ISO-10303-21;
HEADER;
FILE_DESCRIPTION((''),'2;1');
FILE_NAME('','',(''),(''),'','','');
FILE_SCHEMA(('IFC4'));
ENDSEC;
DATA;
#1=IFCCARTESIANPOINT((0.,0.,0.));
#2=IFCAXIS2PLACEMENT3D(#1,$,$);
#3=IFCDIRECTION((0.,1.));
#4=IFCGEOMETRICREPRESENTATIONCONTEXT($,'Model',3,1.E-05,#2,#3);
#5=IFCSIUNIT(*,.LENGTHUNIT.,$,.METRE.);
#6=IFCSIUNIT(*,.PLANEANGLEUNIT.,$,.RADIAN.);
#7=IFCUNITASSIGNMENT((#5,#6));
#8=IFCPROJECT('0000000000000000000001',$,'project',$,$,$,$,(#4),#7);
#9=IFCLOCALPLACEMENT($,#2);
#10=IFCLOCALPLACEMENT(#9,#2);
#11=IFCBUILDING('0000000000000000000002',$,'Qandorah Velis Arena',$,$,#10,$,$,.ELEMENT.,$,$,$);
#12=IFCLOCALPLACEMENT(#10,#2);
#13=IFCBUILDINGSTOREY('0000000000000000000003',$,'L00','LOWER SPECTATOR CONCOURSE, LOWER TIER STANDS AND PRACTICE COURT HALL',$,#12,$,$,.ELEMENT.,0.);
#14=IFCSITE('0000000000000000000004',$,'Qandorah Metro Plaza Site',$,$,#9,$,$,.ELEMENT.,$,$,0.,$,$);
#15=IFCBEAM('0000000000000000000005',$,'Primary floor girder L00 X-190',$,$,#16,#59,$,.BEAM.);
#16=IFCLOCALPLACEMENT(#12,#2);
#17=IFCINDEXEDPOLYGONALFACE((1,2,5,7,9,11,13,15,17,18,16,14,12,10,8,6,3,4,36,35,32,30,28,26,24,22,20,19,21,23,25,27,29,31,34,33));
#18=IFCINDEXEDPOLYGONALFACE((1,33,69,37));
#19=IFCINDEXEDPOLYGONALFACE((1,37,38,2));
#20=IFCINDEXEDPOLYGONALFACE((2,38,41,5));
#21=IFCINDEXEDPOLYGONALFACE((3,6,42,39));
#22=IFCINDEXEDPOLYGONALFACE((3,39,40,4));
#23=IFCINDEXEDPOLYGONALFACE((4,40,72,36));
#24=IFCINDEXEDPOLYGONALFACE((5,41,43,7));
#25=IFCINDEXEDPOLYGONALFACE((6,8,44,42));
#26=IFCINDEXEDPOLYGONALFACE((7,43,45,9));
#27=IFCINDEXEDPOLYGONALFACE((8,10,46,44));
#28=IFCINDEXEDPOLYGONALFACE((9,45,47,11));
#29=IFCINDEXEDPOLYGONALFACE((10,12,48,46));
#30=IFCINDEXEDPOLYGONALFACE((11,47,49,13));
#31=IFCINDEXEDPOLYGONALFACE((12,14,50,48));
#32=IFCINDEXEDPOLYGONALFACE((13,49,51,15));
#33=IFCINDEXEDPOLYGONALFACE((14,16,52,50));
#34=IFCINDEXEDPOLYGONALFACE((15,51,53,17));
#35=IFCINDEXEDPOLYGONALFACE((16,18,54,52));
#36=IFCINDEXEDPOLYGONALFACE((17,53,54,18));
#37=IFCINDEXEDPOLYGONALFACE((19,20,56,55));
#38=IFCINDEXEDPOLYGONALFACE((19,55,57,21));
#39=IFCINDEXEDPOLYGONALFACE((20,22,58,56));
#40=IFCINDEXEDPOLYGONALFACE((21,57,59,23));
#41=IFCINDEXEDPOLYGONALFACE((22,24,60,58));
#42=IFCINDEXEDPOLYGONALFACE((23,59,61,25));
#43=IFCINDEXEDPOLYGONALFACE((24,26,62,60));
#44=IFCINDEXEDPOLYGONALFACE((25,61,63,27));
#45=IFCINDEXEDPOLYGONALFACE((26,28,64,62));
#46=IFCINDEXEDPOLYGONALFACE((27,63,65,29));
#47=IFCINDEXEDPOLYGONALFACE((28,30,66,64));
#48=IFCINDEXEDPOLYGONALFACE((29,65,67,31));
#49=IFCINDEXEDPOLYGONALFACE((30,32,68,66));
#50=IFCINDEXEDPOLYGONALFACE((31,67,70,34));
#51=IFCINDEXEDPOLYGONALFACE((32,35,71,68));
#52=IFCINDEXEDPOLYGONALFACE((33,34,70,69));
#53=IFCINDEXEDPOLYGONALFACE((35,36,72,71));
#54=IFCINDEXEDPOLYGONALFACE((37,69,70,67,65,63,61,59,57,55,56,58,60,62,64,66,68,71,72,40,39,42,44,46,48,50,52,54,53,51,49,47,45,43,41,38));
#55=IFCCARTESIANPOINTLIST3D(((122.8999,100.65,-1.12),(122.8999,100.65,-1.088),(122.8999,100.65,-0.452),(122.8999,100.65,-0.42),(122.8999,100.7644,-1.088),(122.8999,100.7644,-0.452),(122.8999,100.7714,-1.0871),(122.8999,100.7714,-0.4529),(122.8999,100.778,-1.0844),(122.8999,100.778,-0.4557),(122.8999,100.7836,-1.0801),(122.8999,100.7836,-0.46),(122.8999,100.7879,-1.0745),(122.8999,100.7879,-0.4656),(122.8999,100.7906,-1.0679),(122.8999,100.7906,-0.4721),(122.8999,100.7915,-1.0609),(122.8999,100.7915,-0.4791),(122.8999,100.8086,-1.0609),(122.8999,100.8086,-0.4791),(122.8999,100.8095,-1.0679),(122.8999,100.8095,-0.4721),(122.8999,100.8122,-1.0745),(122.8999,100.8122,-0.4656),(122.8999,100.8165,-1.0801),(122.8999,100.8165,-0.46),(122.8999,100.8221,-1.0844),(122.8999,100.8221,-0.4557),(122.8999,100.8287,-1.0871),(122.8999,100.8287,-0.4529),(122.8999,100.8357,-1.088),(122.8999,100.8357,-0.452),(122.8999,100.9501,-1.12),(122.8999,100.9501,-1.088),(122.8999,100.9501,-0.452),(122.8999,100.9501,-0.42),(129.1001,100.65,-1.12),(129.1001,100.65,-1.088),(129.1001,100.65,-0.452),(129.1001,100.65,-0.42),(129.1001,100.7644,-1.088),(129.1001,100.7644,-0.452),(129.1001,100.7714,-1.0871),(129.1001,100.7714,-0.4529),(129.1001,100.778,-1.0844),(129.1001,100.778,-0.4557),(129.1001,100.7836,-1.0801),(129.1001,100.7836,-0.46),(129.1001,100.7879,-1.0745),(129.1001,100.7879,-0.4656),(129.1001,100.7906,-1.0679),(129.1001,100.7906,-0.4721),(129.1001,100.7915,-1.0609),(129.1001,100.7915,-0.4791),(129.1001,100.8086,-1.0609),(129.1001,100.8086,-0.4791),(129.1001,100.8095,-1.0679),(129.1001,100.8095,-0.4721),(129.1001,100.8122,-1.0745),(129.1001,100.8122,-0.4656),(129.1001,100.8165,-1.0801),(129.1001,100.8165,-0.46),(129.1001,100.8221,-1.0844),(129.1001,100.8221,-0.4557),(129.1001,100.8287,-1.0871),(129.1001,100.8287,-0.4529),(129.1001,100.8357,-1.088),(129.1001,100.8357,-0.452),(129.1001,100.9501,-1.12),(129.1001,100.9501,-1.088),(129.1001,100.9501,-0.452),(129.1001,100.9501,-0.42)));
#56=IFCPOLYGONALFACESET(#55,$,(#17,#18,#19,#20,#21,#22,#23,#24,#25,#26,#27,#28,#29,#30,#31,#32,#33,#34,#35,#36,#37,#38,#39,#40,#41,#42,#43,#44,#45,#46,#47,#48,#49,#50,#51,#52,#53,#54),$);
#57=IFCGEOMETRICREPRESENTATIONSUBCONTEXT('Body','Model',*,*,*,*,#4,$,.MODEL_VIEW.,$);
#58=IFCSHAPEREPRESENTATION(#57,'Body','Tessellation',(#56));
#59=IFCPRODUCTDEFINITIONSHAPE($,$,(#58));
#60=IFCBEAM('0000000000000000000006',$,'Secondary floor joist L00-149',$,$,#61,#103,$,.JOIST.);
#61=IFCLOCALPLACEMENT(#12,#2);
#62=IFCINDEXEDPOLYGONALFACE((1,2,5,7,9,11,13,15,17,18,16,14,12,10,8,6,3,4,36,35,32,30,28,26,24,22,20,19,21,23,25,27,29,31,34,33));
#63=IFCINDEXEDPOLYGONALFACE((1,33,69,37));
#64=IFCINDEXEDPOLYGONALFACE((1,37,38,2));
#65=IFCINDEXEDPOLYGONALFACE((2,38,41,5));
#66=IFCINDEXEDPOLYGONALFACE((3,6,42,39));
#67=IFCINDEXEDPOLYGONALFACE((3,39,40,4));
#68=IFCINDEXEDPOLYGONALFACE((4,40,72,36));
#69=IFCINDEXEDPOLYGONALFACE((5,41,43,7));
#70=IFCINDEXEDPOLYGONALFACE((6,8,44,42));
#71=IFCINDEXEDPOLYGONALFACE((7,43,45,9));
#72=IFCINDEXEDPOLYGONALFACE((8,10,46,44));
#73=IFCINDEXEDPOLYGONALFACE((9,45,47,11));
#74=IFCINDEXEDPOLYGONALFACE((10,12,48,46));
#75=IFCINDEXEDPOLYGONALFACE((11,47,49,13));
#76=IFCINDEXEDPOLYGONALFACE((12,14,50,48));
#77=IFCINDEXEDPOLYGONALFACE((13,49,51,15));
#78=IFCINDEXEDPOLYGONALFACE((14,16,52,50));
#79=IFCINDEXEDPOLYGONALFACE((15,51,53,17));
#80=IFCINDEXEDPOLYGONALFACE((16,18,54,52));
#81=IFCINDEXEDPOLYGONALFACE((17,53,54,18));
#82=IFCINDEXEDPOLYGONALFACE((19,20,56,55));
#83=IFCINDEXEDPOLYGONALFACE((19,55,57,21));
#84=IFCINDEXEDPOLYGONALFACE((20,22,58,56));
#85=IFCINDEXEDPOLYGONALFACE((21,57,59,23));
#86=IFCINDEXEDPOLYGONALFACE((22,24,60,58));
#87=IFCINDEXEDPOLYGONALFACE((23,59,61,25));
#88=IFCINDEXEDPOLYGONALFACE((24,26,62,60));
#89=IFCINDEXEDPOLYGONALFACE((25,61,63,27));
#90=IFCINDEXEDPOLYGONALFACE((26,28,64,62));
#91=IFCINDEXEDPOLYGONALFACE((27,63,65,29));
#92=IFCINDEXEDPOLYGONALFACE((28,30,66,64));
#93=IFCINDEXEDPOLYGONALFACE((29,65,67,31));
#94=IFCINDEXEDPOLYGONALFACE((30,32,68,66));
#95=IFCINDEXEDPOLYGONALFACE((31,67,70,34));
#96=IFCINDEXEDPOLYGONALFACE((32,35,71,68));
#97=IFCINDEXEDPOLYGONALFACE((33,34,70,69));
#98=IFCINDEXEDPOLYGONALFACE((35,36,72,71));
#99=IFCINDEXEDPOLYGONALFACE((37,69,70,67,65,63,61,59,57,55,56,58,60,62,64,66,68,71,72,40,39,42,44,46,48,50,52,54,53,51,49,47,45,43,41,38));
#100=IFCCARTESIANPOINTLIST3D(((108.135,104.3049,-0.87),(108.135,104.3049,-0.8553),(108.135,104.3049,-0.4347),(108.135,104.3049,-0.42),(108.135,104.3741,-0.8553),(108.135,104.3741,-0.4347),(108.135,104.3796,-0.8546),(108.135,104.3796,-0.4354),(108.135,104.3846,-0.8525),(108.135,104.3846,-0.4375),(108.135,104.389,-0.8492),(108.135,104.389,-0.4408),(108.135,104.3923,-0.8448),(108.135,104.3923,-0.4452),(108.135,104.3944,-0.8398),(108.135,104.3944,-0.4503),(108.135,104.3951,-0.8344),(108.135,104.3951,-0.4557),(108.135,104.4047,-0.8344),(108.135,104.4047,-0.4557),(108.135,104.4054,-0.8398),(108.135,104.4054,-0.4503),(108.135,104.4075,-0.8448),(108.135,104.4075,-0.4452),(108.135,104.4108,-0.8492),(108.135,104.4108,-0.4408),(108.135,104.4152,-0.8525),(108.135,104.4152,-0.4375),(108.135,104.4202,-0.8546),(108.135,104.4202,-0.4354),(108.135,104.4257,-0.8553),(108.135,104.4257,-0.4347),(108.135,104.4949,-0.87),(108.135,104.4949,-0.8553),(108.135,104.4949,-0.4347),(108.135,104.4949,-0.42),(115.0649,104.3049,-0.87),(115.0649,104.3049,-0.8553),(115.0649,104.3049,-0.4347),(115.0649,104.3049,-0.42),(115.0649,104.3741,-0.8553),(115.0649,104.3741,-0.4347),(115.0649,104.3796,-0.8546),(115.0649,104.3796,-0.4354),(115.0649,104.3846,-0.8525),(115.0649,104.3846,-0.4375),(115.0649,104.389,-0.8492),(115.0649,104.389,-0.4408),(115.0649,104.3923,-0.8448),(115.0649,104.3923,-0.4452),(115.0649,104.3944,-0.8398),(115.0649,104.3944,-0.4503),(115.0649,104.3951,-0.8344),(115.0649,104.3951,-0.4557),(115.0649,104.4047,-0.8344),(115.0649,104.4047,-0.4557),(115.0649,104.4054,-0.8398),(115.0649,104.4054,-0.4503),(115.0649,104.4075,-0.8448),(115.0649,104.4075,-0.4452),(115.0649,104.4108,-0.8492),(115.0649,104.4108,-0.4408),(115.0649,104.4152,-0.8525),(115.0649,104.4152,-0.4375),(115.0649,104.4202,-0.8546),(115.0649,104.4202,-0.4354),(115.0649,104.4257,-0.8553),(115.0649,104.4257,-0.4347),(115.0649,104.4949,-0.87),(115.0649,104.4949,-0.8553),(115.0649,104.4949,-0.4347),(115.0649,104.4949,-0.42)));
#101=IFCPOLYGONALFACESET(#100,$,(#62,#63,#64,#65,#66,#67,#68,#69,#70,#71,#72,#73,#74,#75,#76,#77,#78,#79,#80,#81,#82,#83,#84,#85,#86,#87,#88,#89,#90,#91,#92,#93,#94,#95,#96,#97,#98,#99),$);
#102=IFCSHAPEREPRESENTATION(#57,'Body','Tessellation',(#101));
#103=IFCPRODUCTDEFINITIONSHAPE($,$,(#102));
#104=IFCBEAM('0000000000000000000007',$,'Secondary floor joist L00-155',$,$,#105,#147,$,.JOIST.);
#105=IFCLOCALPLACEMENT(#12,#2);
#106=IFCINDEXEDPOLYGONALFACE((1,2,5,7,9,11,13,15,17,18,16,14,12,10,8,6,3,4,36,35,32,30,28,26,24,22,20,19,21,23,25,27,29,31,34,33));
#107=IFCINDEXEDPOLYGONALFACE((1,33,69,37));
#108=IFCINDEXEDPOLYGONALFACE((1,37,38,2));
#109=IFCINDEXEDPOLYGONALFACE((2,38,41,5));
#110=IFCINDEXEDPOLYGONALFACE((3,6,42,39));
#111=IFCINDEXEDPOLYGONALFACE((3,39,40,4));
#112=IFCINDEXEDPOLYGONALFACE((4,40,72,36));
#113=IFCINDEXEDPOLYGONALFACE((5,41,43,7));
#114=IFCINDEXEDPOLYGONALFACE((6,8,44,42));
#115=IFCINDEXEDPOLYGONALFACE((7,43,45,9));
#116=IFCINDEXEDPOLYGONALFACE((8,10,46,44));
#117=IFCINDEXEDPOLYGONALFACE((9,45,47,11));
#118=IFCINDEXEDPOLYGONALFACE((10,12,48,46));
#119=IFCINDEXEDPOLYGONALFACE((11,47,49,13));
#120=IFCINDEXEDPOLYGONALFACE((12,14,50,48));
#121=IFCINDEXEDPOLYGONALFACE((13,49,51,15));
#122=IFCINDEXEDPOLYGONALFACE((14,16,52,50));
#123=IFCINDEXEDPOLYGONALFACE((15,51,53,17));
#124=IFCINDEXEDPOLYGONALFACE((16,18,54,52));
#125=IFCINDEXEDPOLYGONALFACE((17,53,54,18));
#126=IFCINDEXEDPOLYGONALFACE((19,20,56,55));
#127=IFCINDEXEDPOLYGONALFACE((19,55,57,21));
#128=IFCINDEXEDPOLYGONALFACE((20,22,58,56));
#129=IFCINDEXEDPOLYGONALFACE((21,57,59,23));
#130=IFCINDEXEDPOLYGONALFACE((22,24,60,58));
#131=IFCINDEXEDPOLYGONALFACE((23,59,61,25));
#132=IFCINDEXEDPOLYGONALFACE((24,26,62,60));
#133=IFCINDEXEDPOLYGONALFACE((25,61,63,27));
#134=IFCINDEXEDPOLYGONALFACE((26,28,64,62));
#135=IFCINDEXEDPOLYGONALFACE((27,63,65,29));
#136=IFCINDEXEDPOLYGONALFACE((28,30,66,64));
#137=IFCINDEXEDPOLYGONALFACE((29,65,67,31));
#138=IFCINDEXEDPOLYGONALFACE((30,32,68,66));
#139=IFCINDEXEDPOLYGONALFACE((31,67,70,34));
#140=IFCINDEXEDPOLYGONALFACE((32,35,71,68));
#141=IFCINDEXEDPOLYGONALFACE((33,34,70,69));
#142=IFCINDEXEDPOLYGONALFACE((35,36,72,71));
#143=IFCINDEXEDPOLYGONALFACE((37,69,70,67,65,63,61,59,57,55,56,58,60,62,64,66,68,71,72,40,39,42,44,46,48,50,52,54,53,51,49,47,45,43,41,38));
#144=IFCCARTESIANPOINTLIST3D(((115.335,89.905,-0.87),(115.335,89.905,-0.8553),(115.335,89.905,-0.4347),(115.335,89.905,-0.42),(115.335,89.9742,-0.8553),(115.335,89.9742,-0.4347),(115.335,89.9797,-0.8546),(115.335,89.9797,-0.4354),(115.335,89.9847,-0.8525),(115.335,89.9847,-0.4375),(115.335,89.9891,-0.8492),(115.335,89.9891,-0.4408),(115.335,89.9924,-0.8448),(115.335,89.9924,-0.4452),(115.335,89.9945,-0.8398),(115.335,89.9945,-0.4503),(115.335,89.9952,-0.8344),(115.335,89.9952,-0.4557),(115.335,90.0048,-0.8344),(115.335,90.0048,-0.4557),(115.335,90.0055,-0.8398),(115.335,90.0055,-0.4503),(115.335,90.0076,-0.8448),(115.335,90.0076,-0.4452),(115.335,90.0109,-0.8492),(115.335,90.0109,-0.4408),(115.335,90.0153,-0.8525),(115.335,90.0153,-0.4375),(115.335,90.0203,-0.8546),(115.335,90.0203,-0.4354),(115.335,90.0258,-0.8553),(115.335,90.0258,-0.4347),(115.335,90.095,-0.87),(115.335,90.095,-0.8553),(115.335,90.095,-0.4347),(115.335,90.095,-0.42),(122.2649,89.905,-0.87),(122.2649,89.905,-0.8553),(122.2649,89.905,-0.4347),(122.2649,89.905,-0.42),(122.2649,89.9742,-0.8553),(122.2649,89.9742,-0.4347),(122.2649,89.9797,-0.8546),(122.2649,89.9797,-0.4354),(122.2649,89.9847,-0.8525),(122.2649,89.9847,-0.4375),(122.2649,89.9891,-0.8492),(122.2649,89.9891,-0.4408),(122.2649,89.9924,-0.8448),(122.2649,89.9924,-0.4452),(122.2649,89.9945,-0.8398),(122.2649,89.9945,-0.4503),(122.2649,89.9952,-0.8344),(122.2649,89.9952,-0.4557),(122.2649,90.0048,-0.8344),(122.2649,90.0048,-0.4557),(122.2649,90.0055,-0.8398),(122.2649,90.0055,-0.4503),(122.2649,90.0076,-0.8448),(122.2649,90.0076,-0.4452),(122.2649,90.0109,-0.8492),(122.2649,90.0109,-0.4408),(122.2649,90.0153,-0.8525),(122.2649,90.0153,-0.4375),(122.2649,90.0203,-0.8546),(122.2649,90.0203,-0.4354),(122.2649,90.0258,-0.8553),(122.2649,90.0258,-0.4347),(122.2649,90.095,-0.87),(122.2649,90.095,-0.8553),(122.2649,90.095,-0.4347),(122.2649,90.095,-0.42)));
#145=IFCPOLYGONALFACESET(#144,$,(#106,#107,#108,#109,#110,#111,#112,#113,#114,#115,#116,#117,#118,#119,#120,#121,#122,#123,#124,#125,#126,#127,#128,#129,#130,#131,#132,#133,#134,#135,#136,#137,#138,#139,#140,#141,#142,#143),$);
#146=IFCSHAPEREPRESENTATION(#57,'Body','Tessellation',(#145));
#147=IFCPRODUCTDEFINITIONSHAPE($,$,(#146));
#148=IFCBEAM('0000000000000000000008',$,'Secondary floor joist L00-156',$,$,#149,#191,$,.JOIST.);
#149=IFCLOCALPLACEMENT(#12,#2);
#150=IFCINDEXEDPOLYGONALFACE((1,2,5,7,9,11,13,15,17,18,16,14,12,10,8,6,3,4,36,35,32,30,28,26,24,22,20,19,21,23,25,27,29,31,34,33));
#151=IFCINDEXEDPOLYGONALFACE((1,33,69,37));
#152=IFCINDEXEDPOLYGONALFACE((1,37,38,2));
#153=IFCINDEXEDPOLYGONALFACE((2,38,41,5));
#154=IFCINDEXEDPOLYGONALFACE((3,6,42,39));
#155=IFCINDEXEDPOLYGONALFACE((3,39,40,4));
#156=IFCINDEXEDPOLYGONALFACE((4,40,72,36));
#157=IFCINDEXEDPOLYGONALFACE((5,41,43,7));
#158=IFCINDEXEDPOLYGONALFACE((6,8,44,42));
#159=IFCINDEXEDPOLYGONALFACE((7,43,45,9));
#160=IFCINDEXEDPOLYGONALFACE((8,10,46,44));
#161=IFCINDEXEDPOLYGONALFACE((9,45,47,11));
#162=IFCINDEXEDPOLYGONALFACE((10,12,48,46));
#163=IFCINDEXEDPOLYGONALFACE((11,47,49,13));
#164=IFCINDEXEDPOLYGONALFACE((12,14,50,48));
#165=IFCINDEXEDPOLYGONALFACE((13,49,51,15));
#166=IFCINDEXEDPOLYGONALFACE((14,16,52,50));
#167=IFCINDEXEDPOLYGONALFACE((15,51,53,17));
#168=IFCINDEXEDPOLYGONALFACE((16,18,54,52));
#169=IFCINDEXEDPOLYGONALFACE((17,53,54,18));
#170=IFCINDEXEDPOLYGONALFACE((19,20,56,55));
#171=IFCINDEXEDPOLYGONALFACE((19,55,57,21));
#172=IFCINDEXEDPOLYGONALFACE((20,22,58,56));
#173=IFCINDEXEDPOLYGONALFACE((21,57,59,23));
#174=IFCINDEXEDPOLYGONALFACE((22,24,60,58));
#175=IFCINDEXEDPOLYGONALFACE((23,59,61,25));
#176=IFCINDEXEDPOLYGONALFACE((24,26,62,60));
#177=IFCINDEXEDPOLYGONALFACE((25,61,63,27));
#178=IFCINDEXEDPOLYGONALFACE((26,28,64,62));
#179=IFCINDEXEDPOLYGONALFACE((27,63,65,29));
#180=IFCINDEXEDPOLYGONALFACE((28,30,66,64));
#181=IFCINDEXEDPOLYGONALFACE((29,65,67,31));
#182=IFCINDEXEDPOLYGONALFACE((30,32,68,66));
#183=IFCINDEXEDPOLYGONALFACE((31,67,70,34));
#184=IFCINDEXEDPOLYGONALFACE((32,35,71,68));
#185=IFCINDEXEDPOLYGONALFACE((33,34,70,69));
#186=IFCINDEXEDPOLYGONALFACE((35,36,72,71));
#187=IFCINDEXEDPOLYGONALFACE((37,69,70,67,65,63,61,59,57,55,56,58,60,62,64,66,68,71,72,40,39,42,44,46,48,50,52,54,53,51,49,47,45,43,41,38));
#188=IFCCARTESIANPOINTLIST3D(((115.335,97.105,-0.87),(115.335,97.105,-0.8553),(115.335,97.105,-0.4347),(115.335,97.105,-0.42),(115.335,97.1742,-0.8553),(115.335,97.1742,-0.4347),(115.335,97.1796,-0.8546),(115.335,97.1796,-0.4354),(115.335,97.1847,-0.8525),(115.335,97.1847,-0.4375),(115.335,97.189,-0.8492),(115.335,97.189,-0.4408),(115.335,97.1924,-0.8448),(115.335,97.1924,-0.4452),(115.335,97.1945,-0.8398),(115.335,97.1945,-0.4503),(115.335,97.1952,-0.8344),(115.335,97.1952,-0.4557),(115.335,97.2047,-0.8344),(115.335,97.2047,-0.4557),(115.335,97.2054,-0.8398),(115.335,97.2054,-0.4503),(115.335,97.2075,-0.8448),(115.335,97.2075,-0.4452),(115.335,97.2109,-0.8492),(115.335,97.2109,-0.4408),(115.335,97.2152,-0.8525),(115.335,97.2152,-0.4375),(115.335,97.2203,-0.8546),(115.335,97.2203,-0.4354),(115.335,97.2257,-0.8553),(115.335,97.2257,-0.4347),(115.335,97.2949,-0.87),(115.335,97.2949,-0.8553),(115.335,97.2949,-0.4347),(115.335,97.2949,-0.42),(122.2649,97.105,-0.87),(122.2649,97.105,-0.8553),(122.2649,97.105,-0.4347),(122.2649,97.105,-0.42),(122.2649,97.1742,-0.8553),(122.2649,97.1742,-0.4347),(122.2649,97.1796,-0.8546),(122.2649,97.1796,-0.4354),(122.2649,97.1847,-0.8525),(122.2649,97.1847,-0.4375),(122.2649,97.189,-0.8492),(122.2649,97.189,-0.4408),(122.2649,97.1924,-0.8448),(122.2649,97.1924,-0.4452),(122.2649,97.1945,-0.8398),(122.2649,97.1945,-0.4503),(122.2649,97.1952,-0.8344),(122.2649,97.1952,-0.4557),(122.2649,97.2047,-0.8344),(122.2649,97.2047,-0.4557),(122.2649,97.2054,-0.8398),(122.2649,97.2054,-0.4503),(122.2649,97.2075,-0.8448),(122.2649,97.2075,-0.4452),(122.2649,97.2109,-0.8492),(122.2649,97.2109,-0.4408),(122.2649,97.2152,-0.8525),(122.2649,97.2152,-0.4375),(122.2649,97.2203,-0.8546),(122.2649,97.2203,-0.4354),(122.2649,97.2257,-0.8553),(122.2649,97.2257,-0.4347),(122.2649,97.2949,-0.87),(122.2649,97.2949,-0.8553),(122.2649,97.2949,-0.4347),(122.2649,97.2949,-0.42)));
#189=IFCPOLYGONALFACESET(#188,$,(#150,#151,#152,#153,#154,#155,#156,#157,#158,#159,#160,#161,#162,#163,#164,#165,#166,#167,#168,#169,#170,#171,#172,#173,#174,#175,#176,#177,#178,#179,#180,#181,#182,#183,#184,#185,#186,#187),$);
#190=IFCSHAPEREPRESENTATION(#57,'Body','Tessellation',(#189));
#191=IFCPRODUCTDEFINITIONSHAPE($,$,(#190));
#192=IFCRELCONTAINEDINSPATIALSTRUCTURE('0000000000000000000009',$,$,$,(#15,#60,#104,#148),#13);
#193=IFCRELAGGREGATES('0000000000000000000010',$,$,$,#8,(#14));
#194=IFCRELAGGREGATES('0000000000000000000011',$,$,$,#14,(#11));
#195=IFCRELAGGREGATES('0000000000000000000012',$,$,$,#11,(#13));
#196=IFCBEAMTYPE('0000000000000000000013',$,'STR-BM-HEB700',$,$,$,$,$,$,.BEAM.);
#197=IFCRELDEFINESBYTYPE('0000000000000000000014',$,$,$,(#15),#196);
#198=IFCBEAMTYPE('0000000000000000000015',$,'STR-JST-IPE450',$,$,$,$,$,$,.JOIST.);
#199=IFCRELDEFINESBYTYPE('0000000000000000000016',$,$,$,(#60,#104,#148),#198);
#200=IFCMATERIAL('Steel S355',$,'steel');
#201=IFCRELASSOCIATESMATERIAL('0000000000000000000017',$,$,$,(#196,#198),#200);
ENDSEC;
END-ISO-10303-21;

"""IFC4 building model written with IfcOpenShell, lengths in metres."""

from ifc_helpers import new_model, si_unit, direction, frame, origin, origin_2d, place, context, subcontext, project, spatial, i_section, extrude, material, material_profile, profile_set, type_object, element, save


model = new_model("IFC4")

# Units and contexts
model_context = context("Model", 3, precision=1e-05, world=origin(), true_north=direction((0.0, 1.0)))
body_context = subcontext(model_context, "Body", "Model", "MODEL_VIEW")
ifc_project = project(units=[si_unit("LENGTHUNIT", "METRE"), si_unit("PLANEANGLEUNIT", "RADIAN")], contexts=[model_context])

# Site, building, storey
site_placement = place(None, origin())
site = spatial("IfcSite", under=ifc_project, at=site_placement, Name="Qandorah Metro Plaza Site", CompositionType="ELEMENT", RefElevation=0.0)
building_placement = place(site_placement, origin())
building = spatial("IfcBuilding", under=site, at=building_placement, Name="Qandorah Velis Arena", CompositionType="ELEMENT")
storey_placement = place(building_placement, origin())
storey = spatial("IfcBuildingStorey", under=building, at=storey_placement, Name="L00", Description="LOWER SPECTATOR CONCOURSE, LOWER TIER STANDS AND PRACTICE COURT HALL", CompositionType="ELEMENT", Elevation=0.0)

# Beams
ifc_material_1 = material(Name="Steel S355", Category="steel")
ifc_material_profile_1 = material_profile(ifc_material_1, i_section(OverallWidth=0.3, OverallDepth=0.7, WebThickness=0.0171, FlangeThickness=0.032, FilletRadius=0.0271, at=origin_2d()), Name="HEB 700")
ifc_profile_set_1 = profile_set([ifc_material_profile_1], Name="Steel S355")
beam_type_1 = type_object("IfcBeamType", Name="STR-BM-HEB700", PredefinedType="BEAM", material=ifc_profile_set_1)
beam_1_placement = place(storey_placement, frame((122.8999, 100.8, -0.77), z_axis=(1.0, 0.0, 0.0), x_axis=(0.0, 1.0, 0.0)))
element("IfcBeam", 1, at=beam_1_placement, inside=storey, type_object=beam_type_1, Name="Primary floor girder L00 X-190", PredefinedType="BEAM", context=body_context, shape_type="SweptSolid", body=[
    extrude(i_section(OverallWidth=0.3, OverallDepth=0.7, WebThickness=0.0171, FlangeThickness=0.032, FilletRadius=0.0271, at=origin_2d()), origin(), (0.0, 0.0, 1.0), 6.2002),
])
ifc_material_profile_2 = material_profile(ifc_material_1, i_section(OverallWidth=0.1899, OverallDepth=0.45, WebThickness=0.0095, FlangeThickness=0.0146, FilletRadius=0.021, at=origin_2d()), Name="IPE 450")
ifc_profile_set_2 = profile_set([ifc_material_profile_2], Name="Steel S355")
beam_type_2 = type_object("IfcBeamType", Name="STR-JST-IPE450", PredefinedType="JOIST", material=ifc_profile_set_2)
for number, where, z_axis, x_axis, name in (
    (2, (108.135, 104.3999, -0.645), (1.0, 0.0, 0.0), (0.0, 1.0, 0.0), "Secondary floor joist L00-149"),
    (3, (115.335, 90.0, -0.645), (1.0, 0.0, 0.0), (0.0, 1.0, 0.0), "Secondary floor joist L00-155"),
    (4, (115.335, 97.2, -0.645), (1.0, 0.0, 0.0), (0.0, 1.0, 0.0), "Secondary floor joist L00-156"),
):
    element("IfcBeam", number, at=place(storey_placement, frame(where, z_axis=z_axis, x_axis=x_axis)), inside=storey, type_object=beam_type_2, Name=name, PredefinedType="JOIST", context=body_context, shape_type="SweptSolid", body=[
        extrude(i_section(OverallWidth=0.1899, OverallDepth=0.45, WebThickness=0.0095, FlangeThickness=0.0146, FilletRadius=0.021, at=origin_2d()), origin(), (0.0, 0.0, 1.0), 6.9299),
    ])

save(model, "model.ifc")
